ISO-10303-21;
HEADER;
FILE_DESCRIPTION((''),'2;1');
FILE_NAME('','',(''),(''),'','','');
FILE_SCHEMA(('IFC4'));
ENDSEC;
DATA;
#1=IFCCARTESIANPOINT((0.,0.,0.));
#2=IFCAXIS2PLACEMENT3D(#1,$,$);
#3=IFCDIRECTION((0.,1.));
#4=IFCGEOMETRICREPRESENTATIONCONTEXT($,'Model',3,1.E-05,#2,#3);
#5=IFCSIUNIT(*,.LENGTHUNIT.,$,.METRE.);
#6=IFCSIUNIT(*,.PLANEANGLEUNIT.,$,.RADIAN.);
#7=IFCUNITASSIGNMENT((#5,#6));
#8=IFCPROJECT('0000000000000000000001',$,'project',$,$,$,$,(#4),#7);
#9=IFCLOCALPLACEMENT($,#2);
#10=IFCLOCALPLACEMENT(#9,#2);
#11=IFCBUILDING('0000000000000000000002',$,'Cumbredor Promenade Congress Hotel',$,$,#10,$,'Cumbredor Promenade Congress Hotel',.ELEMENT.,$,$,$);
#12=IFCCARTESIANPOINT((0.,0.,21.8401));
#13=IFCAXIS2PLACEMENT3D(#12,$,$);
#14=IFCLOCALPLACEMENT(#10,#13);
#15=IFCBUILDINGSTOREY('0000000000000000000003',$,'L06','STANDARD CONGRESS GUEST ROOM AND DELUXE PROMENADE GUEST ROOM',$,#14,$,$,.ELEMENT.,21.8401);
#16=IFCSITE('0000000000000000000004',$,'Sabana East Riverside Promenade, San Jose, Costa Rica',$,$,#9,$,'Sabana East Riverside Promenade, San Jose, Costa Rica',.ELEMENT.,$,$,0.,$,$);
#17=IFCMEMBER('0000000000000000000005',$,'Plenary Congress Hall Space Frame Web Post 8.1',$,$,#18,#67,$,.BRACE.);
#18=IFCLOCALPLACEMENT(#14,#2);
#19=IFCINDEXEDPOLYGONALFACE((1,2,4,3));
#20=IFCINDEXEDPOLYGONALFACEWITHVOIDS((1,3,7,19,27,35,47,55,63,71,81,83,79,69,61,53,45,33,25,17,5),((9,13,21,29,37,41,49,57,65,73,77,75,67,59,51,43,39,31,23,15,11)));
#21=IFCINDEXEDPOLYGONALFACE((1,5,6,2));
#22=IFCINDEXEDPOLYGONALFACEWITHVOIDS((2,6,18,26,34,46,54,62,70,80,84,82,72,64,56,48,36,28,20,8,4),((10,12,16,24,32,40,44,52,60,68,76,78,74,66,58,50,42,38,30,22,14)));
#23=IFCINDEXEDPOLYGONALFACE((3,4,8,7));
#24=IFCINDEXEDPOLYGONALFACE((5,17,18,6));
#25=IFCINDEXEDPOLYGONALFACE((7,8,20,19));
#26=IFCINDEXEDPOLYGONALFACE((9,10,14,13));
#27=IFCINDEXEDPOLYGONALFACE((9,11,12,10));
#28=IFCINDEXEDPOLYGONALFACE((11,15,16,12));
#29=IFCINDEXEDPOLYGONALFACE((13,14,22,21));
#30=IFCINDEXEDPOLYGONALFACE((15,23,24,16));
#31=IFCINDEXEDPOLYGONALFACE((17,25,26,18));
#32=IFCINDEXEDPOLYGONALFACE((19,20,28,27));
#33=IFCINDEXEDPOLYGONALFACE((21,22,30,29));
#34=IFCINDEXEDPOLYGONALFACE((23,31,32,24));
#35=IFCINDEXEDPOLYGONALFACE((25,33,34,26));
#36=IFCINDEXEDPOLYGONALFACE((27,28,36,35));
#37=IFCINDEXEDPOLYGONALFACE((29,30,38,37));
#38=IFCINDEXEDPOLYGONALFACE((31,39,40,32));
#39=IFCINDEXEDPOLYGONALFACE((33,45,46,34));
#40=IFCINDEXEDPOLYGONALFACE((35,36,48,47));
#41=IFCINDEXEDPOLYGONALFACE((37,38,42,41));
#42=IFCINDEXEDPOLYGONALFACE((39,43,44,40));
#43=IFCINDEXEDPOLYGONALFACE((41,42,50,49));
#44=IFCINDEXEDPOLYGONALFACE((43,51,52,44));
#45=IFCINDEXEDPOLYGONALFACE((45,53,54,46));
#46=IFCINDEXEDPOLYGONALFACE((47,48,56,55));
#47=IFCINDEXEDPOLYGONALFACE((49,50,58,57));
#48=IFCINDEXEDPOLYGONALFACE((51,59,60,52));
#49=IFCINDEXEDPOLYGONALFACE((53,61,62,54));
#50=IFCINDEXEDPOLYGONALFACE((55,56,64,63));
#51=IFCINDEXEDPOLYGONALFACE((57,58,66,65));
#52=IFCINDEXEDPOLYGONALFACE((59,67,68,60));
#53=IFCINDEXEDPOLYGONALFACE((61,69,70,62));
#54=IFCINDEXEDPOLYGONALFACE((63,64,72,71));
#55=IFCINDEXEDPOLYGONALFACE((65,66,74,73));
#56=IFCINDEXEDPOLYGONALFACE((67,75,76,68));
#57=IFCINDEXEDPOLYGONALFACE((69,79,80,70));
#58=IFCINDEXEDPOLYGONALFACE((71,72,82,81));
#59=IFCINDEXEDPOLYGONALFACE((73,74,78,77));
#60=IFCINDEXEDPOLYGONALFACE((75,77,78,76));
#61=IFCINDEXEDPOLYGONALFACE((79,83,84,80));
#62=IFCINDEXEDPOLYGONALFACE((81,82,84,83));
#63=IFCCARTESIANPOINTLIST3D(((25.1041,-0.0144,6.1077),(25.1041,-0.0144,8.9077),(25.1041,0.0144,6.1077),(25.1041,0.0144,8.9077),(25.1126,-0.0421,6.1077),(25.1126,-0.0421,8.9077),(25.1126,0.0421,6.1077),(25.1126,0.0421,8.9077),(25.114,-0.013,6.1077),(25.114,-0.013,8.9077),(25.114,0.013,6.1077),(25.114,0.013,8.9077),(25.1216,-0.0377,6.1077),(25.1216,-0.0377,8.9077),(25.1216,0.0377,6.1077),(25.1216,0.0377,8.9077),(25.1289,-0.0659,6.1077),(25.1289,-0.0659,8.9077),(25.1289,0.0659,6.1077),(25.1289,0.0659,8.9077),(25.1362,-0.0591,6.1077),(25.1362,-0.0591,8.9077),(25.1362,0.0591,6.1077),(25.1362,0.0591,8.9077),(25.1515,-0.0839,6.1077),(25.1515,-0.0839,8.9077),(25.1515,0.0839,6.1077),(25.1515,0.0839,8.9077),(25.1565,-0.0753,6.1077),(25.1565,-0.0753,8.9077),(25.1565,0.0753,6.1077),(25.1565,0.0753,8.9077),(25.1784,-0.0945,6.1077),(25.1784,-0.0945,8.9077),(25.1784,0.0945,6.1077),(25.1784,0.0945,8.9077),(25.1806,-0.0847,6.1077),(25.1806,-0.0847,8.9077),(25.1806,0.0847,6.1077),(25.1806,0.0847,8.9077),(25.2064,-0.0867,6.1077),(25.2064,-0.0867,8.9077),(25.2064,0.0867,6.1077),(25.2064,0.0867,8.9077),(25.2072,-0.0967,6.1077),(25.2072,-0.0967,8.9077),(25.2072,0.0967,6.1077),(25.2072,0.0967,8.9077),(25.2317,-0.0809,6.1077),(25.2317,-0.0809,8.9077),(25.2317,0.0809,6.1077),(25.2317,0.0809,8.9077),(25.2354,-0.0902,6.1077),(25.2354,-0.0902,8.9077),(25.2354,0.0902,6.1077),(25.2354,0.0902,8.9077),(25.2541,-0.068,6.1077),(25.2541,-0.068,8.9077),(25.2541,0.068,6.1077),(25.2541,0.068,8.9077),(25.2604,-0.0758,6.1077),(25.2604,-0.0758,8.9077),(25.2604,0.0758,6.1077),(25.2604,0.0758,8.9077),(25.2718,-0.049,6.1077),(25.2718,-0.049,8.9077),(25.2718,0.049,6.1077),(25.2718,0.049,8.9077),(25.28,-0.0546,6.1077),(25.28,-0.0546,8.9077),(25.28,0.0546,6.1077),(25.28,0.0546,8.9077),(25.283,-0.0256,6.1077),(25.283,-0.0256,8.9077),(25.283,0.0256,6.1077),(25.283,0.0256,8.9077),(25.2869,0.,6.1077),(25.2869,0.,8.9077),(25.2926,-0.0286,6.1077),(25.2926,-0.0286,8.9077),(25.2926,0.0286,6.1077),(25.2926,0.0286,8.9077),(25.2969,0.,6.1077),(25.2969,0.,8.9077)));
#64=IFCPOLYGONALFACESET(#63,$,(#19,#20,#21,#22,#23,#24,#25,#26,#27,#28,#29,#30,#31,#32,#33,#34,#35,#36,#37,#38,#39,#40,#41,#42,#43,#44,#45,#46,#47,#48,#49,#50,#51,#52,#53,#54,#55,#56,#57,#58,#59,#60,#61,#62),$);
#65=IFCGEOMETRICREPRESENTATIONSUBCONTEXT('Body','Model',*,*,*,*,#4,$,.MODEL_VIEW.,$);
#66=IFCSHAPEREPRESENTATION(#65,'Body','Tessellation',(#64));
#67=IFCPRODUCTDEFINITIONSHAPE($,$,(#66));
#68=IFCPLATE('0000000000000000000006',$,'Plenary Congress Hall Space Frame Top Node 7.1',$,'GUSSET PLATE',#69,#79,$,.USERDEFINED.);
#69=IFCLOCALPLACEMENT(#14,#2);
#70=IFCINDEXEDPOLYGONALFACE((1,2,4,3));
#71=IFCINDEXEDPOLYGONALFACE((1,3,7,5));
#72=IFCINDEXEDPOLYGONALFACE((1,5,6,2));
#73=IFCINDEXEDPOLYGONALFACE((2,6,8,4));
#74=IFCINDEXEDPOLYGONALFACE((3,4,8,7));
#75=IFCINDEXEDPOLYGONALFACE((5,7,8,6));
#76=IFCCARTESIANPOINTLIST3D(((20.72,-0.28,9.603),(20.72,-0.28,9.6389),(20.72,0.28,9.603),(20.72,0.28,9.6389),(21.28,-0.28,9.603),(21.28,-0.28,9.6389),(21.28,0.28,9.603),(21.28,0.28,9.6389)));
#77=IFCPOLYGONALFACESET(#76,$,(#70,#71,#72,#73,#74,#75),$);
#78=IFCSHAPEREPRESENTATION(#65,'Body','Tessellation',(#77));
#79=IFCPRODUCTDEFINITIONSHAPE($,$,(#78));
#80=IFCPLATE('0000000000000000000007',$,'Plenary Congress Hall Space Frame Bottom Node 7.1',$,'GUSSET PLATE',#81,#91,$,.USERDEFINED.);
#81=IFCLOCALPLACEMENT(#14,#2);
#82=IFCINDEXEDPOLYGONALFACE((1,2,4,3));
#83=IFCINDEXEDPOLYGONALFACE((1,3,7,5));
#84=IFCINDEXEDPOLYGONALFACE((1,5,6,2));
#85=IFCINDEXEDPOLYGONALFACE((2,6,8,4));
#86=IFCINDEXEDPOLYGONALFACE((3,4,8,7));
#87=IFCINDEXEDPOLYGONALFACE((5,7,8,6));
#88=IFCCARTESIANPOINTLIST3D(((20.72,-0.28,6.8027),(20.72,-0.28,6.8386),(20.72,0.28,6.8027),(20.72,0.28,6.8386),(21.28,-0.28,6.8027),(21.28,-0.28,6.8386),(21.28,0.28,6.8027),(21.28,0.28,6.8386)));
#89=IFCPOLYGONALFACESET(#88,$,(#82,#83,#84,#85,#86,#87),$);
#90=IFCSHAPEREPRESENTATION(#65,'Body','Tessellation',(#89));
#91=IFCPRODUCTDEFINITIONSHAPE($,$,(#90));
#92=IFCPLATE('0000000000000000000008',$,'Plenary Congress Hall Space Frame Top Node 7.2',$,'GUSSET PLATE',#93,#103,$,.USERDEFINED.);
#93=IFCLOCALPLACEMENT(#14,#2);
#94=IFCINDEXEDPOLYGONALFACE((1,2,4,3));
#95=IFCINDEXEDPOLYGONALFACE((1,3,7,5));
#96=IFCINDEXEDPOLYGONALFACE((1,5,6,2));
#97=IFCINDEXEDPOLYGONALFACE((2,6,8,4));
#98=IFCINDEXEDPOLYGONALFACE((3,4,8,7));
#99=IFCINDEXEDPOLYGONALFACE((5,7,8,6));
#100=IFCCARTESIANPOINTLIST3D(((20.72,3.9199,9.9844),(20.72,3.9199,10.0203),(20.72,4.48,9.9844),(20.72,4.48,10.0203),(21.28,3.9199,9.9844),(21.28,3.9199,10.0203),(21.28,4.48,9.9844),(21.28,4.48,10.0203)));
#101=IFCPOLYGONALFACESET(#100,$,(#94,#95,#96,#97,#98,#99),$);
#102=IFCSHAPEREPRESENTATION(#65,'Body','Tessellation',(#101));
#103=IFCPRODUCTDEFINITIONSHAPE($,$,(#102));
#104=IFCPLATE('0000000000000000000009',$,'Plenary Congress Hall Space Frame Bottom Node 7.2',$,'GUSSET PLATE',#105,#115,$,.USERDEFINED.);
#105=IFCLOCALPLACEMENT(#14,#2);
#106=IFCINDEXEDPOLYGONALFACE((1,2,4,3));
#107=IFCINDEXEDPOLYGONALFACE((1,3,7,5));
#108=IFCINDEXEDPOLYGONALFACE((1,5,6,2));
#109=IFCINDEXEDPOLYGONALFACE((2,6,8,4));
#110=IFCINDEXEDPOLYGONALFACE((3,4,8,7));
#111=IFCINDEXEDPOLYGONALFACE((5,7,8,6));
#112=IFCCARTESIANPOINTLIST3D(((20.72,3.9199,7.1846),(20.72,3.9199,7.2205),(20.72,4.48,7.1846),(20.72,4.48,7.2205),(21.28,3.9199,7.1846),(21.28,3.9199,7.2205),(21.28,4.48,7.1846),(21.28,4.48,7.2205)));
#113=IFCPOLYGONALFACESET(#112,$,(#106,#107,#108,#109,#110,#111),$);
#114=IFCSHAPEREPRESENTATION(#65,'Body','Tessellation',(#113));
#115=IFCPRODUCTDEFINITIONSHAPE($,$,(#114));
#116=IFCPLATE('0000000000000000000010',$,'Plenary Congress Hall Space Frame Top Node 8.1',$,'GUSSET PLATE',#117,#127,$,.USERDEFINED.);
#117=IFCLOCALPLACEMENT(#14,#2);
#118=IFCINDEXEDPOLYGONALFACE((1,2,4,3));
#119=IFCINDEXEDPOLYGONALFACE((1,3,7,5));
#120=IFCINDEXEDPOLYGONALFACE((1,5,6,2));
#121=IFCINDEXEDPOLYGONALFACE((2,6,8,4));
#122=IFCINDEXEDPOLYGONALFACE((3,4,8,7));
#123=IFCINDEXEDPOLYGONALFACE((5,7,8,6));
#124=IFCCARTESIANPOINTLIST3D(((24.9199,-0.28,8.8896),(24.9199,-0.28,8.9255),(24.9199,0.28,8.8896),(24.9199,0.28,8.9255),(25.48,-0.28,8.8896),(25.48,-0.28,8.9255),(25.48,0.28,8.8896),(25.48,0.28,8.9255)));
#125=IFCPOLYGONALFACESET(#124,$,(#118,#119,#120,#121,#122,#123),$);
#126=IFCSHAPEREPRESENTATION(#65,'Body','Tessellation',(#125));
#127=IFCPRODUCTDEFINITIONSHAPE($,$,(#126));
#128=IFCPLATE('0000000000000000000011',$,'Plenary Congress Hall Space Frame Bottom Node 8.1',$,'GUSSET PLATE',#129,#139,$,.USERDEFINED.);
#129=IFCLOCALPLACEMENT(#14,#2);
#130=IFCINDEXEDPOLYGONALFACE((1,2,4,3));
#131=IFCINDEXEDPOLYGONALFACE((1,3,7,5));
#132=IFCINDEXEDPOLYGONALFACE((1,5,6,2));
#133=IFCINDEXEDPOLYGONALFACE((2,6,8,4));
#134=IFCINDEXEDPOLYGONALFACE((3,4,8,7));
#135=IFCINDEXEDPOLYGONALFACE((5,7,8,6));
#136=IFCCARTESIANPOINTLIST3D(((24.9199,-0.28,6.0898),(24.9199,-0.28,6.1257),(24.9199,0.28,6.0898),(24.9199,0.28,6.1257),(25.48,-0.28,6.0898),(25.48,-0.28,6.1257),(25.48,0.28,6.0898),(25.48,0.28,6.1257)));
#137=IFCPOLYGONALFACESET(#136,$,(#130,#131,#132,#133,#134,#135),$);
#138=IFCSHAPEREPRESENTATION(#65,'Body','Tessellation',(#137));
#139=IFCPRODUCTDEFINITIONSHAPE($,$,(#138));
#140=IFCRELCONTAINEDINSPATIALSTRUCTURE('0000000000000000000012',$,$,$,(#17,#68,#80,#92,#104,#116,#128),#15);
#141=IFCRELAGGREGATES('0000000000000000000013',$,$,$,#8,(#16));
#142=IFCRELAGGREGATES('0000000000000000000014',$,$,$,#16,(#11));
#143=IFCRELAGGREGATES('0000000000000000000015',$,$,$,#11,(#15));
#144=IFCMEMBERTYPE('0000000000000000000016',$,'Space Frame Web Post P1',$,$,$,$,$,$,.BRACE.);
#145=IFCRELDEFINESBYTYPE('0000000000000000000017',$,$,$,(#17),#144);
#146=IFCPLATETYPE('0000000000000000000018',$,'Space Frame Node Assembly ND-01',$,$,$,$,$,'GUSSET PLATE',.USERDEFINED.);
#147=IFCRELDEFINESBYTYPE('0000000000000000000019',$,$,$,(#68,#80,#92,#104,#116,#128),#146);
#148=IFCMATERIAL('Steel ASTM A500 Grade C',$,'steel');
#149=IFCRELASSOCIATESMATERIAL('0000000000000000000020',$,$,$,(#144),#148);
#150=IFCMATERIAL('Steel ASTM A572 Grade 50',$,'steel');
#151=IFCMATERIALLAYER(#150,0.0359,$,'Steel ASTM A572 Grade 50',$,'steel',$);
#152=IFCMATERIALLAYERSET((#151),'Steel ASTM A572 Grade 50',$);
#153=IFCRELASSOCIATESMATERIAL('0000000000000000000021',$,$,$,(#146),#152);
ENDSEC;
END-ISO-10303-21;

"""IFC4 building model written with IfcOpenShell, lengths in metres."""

from ifc_helpers import new_model, si_unit, direction, frame, origin, origin_2d, place, context, subcontext, project, spatial, rectangle, hollow_circle, extrude, material, layer, layer_set, material_profile, profile_set, type_object, element, save


model = new_model("IFC4")

# Units and contexts
model_context = context("Model", 3, precision=1e-05, world=origin(), true_north=direction((0.0, 1.0)))
body_context = subcontext(model_context, "Body", "Model", "MODEL_VIEW")
ifc_project = project(units=[si_unit("LENGTHUNIT", "METRE"), si_unit("PLANEANGLEUNIT", "RADIAN")], contexts=[model_context])

# Site, building, storey
site_placement = place(None, origin())
site = spatial("IfcSite", under=ifc_project, at=site_placement, Name="Sabana East Riverside Promenade, San Jose, Costa Rica", LongName="Sabana East Riverside Promenade, San Jose, Costa Rica", CompositionType="ELEMENT", RefElevation=0.0)
building_placement = place(site_placement, origin())
building = spatial("IfcBuilding", under=site, at=building_placement, Name="Cumbredor Promenade Congress Hotel", LongName="Cumbredor Promenade Congress Hotel", CompositionType="ELEMENT")
storey_placement = place(building_placement, frame((0.0, 0.0, 21.8401)))
storey = spatial("IfcBuildingStorey", under=building, at=storey_placement, Name="L06", Description="STANDARD CONGRESS GUEST ROOM AND DELUXE PROMENADE GUEST ROOM", CompositionType="ELEMENT", Elevation=21.8401)

# Member
ifc_material_1 = material(Name="Steel ASTM A500 Grade C", Category="steel")
ifc_material_profile_1 = material_profile(ifc_material_1, hollow_circle(Radius=0.0969, WallThickness=0.01, at=origin_2d()), Name="CHS 193.7x10")
ifc_profile_set_1 = profile_set([ifc_material_profile_1], Name="Steel ASTM A500 Grade C")
member_type_1 = type_object("IfcMemberType", Name="Space Frame Web Post P1", PredefinedType="BRACE", material=ifc_profile_set_1)
member_1_placement = place(storey_placement, frame((25.2, 0.0, 6.1077), z_axis=(0.0, 0.0, 1.0), x_axis=(1.0, 0.0, 0.0)))
element("IfcMember", 1, at=member_1_placement, inside=storey, type_object=member_type_1, Name="Plenary Congress Hall Space Frame Web Post 8.1", PredefinedType="BRACE", context=body_context, shape_type="SweptSolid", body=[
    extrude(hollow_circle(Radius=0.0969, WallThickness=0.01, at=origin_2d()), origin(), (0.0, 0.0, 1.0), 2.8),
])

# Plates
ifc_material_2 = material(Name="Steel ASTM A572 Grade 50", Category="steel")
ifc_layer = layer(ifc_material_2, 0.0359, Name="Steel ASTM A572 Grade 50", Category="steel")
ifc_layer_set = layer_set([ifc_layer], Name="Steel ASTM A572 Grade 50")
plate_type = type_object("IfcPlateType", Name="Space Frame Node Assembly ND-01", ElementType="GUSSET PLATE", PredefinedType="USERDEFINED", material=ifc_layer_set)
for number, where, z_axis, x_axis, name in (
    (2, (21.0, 0.0, 9.603), (0.0, 0.0, 1.0), (1.0, 0.0, 0.0), "Plenary Congress Hall Space Frame Top Node 7.1"),
    (3, (21.0, 0.0, 6.8027), (0.0, 0.0, 1.0), (1.0, 0.0, 0.0), "Plenary Congress Hall Space Frame Bottom Node 7.1"),
    (4, (21.0, 4.2, 9.9844), (0.0, 0.0, 1.0), (1.0, 0.0, 0.0), "Plenary Congress Hall Space Frame Top Node 7.2"),
    (5, (21.0, 4.2, 7.1846), (0.0, 0.0, 1.0), (1.0, 0.0, 0.0), "Plenary Congress Hall Space Frame Bottom Node 7.2"),
    (6, (25.2, 0.0, 8.8896), (0.0, 0.0, 1.0), (1.0, 0.0, 0.0), "Plenary Congress Hall Space Frame Top Node 8.1"),
    (7, (25.2, 0.0, 6.0898), (0.0, 0.0, 1.0), (1.0, 0.0, 0.0), "Plenary Congress Hall Space Frame Bottom Node 8.1"),
):
    element("IfcPlate", number, at=place(storey_placement, frame(where, z_axis=z_axis, x_axis=x_axis)), inside=storey, type_object=plate_type, Name=name, ObjectType="GUSSET PLATE", PredefinedType="USERDEFINED", context=body_context, shape_type="SweptSolid", body=[
        extrude(rectangle(XDim=0.5601, YDim=0.5601, at=origin_2d()), origin(), (0.0, 0.0, 1.0), 0.0359),
    ])

save(model, "model.ifc")
